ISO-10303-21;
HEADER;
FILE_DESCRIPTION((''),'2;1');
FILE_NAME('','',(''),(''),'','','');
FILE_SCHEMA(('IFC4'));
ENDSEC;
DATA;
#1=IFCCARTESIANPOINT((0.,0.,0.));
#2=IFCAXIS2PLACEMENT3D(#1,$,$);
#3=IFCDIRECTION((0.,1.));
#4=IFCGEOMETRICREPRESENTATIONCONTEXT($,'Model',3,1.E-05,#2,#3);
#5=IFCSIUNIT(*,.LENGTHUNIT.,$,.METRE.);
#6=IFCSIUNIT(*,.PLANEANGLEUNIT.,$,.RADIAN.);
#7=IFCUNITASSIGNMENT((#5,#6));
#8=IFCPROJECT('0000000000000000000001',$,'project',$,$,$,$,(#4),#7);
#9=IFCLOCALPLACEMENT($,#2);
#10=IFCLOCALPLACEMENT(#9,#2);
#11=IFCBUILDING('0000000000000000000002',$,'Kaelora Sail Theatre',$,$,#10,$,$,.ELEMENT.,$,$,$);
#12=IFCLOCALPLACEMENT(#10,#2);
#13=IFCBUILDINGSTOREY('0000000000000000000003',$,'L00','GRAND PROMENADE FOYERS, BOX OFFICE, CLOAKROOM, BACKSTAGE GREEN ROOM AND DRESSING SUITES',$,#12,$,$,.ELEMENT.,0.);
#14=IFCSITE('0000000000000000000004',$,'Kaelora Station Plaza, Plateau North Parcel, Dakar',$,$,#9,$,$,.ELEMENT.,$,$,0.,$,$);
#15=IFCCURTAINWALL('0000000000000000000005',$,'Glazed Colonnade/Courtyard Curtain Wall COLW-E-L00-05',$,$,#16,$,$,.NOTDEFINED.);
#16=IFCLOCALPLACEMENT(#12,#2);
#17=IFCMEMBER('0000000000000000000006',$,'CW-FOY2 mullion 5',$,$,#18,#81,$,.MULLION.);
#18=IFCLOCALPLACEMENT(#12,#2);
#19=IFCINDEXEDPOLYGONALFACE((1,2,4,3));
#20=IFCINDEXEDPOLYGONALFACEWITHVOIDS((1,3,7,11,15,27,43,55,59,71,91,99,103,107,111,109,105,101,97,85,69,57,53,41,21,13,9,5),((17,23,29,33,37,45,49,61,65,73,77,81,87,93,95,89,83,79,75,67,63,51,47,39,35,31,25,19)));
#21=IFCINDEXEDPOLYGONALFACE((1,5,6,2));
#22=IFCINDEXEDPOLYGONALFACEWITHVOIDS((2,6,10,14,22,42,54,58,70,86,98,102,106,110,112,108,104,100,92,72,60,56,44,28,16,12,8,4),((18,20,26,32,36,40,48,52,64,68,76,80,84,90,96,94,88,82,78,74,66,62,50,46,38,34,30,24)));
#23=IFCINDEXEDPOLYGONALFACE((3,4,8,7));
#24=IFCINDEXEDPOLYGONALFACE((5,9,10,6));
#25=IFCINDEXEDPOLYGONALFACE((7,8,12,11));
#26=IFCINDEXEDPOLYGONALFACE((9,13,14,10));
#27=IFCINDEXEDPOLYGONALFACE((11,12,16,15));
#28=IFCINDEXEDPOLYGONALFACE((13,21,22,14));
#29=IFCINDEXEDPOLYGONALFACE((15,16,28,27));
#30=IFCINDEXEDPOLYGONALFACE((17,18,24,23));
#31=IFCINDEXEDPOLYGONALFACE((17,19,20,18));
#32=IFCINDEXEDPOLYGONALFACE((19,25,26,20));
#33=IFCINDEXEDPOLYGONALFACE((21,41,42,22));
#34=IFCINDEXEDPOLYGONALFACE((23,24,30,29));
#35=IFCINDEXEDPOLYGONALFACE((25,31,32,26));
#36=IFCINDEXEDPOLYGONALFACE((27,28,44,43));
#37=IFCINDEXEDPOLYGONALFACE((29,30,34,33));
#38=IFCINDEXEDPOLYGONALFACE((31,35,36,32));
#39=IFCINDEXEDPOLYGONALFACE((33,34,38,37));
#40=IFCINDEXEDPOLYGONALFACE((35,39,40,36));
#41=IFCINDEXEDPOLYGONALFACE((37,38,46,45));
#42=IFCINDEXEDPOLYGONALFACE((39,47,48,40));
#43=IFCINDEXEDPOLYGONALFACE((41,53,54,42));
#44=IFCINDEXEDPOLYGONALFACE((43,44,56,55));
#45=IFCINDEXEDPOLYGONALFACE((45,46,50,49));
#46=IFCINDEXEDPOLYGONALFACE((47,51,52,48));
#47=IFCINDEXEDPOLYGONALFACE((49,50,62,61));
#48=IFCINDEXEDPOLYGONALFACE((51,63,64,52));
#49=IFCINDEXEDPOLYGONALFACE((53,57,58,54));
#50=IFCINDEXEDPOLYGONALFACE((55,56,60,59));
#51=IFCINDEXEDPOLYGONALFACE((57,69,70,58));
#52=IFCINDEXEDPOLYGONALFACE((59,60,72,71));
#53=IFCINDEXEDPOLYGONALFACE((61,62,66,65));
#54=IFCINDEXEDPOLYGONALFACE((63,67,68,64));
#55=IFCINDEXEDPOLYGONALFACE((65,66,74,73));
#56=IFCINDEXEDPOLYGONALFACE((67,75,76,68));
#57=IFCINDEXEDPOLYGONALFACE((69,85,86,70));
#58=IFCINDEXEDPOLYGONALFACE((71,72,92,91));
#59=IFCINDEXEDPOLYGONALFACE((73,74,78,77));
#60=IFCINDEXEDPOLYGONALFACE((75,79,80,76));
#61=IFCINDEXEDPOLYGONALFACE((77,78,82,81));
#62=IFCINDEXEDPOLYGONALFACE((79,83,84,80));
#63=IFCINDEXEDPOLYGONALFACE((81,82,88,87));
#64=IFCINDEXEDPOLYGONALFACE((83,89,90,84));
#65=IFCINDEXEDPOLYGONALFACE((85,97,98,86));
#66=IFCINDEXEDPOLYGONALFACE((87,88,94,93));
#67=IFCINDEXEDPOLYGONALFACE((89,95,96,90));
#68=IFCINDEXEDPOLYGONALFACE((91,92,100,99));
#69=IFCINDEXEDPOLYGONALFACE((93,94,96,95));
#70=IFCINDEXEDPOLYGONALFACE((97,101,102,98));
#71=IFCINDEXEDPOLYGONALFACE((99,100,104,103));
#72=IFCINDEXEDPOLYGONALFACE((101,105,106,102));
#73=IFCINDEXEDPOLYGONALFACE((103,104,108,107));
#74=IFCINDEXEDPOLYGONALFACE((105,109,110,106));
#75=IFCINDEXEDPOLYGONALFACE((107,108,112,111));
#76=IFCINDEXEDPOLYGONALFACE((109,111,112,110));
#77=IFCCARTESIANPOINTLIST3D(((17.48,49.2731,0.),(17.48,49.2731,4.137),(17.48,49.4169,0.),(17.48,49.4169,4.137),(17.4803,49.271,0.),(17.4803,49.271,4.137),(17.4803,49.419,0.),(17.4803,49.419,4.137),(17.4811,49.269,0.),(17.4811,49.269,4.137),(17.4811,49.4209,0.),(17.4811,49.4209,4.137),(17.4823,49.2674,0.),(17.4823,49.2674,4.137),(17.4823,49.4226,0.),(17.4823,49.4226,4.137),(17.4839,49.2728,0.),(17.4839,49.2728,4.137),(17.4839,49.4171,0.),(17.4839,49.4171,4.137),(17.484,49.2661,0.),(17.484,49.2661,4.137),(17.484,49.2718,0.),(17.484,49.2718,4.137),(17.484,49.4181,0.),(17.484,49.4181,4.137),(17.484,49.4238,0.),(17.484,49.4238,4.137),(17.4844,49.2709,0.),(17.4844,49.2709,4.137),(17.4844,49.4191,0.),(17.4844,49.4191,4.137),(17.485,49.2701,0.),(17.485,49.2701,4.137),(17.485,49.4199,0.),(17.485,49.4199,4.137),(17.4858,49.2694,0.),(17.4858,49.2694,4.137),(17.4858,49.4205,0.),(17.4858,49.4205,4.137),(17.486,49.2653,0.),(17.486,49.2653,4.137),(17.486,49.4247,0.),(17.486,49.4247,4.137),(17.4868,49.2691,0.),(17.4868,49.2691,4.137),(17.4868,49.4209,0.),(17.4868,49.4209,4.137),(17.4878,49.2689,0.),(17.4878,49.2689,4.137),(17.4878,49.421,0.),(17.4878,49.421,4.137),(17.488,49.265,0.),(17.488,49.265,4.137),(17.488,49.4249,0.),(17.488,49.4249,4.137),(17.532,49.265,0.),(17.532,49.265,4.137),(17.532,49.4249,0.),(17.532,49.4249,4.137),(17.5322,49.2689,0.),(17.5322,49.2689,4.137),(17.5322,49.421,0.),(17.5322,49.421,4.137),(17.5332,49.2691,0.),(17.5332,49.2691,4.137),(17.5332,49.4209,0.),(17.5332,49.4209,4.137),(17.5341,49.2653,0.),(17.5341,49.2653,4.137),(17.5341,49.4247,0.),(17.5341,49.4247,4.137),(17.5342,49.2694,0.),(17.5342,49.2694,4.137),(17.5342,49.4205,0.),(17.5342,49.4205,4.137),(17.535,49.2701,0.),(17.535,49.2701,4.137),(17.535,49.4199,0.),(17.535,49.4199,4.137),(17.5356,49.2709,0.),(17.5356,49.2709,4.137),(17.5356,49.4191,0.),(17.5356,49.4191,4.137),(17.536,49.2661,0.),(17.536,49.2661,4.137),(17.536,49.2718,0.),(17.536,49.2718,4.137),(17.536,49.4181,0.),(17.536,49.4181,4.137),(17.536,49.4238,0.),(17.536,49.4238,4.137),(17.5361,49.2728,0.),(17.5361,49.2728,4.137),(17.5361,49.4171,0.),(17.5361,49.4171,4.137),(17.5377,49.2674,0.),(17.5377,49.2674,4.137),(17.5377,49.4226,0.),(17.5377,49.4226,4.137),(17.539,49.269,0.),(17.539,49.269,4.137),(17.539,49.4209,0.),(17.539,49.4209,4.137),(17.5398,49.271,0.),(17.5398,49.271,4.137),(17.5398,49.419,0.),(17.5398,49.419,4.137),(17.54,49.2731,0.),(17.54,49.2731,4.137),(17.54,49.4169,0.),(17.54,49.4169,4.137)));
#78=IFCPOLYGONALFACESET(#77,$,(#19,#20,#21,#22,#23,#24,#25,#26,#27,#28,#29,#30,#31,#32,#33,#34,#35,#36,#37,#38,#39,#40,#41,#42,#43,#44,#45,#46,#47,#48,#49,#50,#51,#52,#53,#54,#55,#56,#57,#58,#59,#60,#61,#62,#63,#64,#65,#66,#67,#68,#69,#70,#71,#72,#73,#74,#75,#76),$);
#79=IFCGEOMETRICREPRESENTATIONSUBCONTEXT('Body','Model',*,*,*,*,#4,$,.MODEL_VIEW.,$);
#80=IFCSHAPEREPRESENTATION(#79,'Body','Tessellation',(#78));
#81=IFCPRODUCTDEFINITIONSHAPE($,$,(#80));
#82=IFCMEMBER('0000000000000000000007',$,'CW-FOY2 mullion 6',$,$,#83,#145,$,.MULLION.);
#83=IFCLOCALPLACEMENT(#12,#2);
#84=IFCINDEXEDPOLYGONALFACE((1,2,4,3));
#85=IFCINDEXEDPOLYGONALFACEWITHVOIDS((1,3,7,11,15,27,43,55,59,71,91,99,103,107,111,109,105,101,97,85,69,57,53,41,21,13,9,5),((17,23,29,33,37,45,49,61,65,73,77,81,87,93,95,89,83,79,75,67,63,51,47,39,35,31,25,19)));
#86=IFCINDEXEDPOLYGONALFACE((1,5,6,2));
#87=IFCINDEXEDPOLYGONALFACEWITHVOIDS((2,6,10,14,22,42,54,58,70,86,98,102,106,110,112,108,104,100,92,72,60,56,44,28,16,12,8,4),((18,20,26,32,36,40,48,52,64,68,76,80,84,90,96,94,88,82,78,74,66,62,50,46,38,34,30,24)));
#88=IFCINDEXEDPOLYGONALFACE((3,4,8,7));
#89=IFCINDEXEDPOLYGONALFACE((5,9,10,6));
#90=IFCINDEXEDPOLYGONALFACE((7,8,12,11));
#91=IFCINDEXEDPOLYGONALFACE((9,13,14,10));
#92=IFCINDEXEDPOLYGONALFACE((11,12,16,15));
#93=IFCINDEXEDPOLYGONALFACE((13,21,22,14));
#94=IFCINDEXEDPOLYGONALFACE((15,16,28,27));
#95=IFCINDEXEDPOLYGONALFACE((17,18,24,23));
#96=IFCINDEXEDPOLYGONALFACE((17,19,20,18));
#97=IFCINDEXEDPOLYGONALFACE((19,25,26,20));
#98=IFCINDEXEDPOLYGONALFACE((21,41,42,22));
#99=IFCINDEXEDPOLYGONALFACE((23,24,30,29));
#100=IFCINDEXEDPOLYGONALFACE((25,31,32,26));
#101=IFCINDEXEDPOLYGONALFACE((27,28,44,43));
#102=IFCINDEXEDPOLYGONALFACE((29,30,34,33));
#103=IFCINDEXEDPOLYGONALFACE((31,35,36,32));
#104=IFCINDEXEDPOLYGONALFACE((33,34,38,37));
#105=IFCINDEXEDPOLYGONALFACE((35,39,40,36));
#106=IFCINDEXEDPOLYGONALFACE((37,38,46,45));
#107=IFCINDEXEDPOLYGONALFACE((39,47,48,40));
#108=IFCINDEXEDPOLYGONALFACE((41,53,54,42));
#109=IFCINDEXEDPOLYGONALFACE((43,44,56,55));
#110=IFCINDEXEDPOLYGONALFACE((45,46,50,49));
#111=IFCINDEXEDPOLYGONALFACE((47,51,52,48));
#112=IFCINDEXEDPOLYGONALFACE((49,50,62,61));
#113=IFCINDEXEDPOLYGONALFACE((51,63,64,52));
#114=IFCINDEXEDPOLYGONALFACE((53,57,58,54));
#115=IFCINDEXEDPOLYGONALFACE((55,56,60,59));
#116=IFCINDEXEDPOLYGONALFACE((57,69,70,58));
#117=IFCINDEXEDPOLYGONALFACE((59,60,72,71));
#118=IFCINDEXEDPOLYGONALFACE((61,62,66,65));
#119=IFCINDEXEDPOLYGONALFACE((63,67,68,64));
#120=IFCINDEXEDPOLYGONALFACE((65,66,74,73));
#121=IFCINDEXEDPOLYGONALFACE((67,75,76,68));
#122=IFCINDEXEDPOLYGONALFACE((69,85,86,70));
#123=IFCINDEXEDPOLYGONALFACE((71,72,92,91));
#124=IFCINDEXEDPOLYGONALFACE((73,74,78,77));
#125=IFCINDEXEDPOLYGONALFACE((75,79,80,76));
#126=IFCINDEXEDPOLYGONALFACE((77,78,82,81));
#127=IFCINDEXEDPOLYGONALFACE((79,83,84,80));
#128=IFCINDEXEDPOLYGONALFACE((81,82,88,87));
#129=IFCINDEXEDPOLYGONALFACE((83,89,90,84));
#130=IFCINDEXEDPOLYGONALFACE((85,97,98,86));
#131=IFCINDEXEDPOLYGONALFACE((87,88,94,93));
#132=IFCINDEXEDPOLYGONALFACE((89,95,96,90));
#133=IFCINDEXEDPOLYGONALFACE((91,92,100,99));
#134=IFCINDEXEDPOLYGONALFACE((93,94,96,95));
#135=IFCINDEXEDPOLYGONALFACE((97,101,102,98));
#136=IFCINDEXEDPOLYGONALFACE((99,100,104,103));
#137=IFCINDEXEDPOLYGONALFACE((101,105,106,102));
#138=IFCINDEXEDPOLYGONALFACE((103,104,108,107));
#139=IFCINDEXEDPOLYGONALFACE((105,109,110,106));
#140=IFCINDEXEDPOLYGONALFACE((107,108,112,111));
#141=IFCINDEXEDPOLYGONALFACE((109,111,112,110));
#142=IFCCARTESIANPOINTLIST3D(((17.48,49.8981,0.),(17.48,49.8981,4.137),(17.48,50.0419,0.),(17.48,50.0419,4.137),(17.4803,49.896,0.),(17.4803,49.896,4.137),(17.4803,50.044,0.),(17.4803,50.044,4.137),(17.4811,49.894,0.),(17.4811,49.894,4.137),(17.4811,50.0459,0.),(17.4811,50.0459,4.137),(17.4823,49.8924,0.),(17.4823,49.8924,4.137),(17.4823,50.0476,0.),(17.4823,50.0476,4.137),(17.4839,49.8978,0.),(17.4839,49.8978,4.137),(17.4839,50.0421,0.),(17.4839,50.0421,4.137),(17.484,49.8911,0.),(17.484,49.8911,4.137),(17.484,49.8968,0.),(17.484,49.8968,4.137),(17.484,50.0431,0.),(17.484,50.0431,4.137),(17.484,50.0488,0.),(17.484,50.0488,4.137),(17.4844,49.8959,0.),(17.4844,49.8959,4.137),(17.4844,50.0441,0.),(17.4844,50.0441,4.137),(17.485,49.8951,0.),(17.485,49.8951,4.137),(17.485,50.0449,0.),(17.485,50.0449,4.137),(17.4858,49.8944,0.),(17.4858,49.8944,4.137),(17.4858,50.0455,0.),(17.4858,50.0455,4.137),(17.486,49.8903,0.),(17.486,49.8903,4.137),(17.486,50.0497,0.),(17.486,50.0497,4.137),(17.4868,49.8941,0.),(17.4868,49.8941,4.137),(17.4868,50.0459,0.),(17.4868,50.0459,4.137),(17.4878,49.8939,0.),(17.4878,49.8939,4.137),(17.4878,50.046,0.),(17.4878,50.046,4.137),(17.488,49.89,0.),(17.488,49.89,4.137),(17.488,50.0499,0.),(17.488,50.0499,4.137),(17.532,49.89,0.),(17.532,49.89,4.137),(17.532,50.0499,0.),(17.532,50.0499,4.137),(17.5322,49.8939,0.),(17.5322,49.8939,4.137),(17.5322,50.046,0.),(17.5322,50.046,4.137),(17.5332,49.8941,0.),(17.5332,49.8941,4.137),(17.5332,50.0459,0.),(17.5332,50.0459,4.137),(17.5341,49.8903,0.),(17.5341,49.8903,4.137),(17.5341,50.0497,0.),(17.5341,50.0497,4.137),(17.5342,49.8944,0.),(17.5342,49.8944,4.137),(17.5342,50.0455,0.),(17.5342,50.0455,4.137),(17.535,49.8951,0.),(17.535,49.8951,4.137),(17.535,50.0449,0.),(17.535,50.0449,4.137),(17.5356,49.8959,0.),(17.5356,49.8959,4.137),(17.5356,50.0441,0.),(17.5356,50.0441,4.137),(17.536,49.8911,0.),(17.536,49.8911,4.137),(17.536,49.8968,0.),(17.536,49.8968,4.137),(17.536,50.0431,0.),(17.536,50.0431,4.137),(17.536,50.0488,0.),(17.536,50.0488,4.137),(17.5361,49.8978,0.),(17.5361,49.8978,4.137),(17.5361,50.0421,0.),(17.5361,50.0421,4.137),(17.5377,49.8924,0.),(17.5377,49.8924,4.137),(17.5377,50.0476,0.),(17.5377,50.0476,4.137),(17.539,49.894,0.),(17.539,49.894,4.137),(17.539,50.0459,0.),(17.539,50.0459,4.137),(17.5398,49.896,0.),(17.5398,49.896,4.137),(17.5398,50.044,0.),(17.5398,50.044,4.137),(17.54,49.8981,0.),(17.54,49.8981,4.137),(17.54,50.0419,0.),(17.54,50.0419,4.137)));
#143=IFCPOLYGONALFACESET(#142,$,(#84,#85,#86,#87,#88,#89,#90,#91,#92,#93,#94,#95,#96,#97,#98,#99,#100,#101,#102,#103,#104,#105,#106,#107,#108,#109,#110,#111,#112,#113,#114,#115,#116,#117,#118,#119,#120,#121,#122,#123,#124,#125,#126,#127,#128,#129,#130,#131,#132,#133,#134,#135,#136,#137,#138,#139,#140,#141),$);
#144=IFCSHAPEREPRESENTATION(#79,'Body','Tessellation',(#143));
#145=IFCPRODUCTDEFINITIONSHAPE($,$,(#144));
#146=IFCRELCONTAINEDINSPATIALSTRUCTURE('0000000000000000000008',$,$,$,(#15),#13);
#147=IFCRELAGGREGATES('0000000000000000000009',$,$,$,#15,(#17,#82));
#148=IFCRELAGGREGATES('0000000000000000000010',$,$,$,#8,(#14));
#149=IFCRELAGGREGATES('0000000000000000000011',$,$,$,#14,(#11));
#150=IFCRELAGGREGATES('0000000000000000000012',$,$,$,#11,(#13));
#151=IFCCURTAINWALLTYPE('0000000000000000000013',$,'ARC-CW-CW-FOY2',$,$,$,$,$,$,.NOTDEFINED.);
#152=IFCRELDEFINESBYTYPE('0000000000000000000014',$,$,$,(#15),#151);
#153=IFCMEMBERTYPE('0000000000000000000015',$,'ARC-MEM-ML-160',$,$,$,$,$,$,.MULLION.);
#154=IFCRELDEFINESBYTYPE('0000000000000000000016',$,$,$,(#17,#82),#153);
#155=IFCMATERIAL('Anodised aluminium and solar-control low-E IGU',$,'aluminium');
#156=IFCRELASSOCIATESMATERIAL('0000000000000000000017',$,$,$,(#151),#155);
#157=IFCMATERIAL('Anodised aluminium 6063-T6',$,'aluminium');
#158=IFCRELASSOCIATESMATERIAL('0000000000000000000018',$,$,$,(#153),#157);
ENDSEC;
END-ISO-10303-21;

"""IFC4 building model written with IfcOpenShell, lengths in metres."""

from ifc_helpers import new_model, si_unit, direction, frame, origin, origin_2d, place, context, subcontext, project, spatial, hollow_rectangle, extrude, material, material_profile, profile_set, type_object, element, aggregate, save


model = new_model("IFC4")

# Units and contexts
model_context = context("Model", 3, precision=1e-05, world=origin(), true_north=direction((0.0, 1.0)))
body_context = subcontext(model_context, "Body", "Model", "MODEL_VIEW")
ifc_project = project(units=[si_unit("LENGTHUNIT", "METRE"), si_unit("PLANEANGLEUNIT", "RADIAN")], contexts=[model_context])

# Site, building, storey
site_placement = place(None, origin())
site = spatial("IfcSite", under=ifc_project, at=site_placement, Name="Kaelora Station Plaza, Plateau North Parcel, Dakar", CompositionType="ELEMENT", RefElevation=0.0)
building_placement = place(site_placement, origin())
building = spatial("IfcBuilding", under=site, at=building_placement, Name="Kaelora Sail Theatre", CompositionType="ELEMENT")
storey_placement = place(building_placement, origin())
storey = spatial("IfcBuildingStorey", under=building, at=storey_placement, Name="L00", Description="GRAND PROMENADE FOYERS, BOX OFFICE, CLOAKROOM, BACKSTAGE GREEN ROOM AND DRESSING SUITES", CompositionType="ELEMENT", Elevation=0.0)

# Curtain wall, members
ifc_material_1 = material(Name="Anodised aluminium and solar-control low-E IGU", Category="aluminium")
curtain_wall_type = type_object("IfcCurtainWallType", Name="ARC-CW-CW-FOY2", PredefinedType="NOTDEFINED", material=ifc_material_1)
curtain_wall_1_placement = place(storey_placement, origin())
curtain_wall_1 = element("IfcCurtainWall", 1, at=curtain_wall_1_placement, inside=storey, type_object=curtain_wall_type, Name="Glazed Colonnade/Courtyard Curtain Wall COLW-E-L00-05", PredefinedType="NOTDEFINED")
ifc_material_2 = material(Name="Anodised aluminium 6063-T6", Category="aluminium")
ifc_material_profile_1 = material_profile(ifc_material_2, hollow_rectangle(XDim=0.0601, YDim=0.1599, WallThickness=0.0039, InnerFilletRadius=0.0039, OuterFilletRadius=0.0081, at=origin_2d()), Name="ALU-MULL 60x160x4")
ifc_profile_set_1 = profile_set([ifc_material_profile_1], Name="Anodised aluminium 6063-T6")
member_type_1 = type_object("IfcMemberType", Name="ARC-MEM-ML-160", PredefinedType="MULLION", material=ifc_profile_set_1)
member_1_placement = place(storey_placement, frame((17.51, 49.345, 0.0), z_axis=(0.0, 0.0, 1.0), x_axis=(-1.0, 0.0, 0.0)))
member_1 = element("IfcMember", 2, at=member_1_placement, type_object=member_type_1, Name="CW-FOY2 mullion 5", PredefinedType="MULLION", context=body_context, shape_type="SweptSolid", body=[
    extrude(hollow_rectangle(XDim=0.0601, YDim=0.1599, WallThickness=0.0039, InnerFilletRadius=0.0039, OuterFilletRadius=0.0081, at=origin_2d()), origin(), (0.0, 0.0, 1.0), 4.137),
])
member_2_placement = place(storey_placement, frame((17.51, 49.97, 0.0), z_axis=(0.0, 0.0, 1.0), x_axis=(-1.0, 0.0, 0.0)))
member_2 = element("IfcMember", 3, at=member_2_placement, type_object=member_type_1, Name="CW-FOY2 mullion 6", PredefinedType="MULLION", context=body_context, shape_type="SweptSolid", body=[
    extrude(hollow_rectangle(XDim=0.0601, YDim=0.1599, WallThickness=0.0039, InnerFilletRadius=0.0039, OuterFilletRadius=0.0081, at=origin_2d()), origin(), (0.0, 0.0, 1.0), 4.137),
])

aggregate(curtain_wall_1, [member_1, member_2])

save(model, "model.ifc")
